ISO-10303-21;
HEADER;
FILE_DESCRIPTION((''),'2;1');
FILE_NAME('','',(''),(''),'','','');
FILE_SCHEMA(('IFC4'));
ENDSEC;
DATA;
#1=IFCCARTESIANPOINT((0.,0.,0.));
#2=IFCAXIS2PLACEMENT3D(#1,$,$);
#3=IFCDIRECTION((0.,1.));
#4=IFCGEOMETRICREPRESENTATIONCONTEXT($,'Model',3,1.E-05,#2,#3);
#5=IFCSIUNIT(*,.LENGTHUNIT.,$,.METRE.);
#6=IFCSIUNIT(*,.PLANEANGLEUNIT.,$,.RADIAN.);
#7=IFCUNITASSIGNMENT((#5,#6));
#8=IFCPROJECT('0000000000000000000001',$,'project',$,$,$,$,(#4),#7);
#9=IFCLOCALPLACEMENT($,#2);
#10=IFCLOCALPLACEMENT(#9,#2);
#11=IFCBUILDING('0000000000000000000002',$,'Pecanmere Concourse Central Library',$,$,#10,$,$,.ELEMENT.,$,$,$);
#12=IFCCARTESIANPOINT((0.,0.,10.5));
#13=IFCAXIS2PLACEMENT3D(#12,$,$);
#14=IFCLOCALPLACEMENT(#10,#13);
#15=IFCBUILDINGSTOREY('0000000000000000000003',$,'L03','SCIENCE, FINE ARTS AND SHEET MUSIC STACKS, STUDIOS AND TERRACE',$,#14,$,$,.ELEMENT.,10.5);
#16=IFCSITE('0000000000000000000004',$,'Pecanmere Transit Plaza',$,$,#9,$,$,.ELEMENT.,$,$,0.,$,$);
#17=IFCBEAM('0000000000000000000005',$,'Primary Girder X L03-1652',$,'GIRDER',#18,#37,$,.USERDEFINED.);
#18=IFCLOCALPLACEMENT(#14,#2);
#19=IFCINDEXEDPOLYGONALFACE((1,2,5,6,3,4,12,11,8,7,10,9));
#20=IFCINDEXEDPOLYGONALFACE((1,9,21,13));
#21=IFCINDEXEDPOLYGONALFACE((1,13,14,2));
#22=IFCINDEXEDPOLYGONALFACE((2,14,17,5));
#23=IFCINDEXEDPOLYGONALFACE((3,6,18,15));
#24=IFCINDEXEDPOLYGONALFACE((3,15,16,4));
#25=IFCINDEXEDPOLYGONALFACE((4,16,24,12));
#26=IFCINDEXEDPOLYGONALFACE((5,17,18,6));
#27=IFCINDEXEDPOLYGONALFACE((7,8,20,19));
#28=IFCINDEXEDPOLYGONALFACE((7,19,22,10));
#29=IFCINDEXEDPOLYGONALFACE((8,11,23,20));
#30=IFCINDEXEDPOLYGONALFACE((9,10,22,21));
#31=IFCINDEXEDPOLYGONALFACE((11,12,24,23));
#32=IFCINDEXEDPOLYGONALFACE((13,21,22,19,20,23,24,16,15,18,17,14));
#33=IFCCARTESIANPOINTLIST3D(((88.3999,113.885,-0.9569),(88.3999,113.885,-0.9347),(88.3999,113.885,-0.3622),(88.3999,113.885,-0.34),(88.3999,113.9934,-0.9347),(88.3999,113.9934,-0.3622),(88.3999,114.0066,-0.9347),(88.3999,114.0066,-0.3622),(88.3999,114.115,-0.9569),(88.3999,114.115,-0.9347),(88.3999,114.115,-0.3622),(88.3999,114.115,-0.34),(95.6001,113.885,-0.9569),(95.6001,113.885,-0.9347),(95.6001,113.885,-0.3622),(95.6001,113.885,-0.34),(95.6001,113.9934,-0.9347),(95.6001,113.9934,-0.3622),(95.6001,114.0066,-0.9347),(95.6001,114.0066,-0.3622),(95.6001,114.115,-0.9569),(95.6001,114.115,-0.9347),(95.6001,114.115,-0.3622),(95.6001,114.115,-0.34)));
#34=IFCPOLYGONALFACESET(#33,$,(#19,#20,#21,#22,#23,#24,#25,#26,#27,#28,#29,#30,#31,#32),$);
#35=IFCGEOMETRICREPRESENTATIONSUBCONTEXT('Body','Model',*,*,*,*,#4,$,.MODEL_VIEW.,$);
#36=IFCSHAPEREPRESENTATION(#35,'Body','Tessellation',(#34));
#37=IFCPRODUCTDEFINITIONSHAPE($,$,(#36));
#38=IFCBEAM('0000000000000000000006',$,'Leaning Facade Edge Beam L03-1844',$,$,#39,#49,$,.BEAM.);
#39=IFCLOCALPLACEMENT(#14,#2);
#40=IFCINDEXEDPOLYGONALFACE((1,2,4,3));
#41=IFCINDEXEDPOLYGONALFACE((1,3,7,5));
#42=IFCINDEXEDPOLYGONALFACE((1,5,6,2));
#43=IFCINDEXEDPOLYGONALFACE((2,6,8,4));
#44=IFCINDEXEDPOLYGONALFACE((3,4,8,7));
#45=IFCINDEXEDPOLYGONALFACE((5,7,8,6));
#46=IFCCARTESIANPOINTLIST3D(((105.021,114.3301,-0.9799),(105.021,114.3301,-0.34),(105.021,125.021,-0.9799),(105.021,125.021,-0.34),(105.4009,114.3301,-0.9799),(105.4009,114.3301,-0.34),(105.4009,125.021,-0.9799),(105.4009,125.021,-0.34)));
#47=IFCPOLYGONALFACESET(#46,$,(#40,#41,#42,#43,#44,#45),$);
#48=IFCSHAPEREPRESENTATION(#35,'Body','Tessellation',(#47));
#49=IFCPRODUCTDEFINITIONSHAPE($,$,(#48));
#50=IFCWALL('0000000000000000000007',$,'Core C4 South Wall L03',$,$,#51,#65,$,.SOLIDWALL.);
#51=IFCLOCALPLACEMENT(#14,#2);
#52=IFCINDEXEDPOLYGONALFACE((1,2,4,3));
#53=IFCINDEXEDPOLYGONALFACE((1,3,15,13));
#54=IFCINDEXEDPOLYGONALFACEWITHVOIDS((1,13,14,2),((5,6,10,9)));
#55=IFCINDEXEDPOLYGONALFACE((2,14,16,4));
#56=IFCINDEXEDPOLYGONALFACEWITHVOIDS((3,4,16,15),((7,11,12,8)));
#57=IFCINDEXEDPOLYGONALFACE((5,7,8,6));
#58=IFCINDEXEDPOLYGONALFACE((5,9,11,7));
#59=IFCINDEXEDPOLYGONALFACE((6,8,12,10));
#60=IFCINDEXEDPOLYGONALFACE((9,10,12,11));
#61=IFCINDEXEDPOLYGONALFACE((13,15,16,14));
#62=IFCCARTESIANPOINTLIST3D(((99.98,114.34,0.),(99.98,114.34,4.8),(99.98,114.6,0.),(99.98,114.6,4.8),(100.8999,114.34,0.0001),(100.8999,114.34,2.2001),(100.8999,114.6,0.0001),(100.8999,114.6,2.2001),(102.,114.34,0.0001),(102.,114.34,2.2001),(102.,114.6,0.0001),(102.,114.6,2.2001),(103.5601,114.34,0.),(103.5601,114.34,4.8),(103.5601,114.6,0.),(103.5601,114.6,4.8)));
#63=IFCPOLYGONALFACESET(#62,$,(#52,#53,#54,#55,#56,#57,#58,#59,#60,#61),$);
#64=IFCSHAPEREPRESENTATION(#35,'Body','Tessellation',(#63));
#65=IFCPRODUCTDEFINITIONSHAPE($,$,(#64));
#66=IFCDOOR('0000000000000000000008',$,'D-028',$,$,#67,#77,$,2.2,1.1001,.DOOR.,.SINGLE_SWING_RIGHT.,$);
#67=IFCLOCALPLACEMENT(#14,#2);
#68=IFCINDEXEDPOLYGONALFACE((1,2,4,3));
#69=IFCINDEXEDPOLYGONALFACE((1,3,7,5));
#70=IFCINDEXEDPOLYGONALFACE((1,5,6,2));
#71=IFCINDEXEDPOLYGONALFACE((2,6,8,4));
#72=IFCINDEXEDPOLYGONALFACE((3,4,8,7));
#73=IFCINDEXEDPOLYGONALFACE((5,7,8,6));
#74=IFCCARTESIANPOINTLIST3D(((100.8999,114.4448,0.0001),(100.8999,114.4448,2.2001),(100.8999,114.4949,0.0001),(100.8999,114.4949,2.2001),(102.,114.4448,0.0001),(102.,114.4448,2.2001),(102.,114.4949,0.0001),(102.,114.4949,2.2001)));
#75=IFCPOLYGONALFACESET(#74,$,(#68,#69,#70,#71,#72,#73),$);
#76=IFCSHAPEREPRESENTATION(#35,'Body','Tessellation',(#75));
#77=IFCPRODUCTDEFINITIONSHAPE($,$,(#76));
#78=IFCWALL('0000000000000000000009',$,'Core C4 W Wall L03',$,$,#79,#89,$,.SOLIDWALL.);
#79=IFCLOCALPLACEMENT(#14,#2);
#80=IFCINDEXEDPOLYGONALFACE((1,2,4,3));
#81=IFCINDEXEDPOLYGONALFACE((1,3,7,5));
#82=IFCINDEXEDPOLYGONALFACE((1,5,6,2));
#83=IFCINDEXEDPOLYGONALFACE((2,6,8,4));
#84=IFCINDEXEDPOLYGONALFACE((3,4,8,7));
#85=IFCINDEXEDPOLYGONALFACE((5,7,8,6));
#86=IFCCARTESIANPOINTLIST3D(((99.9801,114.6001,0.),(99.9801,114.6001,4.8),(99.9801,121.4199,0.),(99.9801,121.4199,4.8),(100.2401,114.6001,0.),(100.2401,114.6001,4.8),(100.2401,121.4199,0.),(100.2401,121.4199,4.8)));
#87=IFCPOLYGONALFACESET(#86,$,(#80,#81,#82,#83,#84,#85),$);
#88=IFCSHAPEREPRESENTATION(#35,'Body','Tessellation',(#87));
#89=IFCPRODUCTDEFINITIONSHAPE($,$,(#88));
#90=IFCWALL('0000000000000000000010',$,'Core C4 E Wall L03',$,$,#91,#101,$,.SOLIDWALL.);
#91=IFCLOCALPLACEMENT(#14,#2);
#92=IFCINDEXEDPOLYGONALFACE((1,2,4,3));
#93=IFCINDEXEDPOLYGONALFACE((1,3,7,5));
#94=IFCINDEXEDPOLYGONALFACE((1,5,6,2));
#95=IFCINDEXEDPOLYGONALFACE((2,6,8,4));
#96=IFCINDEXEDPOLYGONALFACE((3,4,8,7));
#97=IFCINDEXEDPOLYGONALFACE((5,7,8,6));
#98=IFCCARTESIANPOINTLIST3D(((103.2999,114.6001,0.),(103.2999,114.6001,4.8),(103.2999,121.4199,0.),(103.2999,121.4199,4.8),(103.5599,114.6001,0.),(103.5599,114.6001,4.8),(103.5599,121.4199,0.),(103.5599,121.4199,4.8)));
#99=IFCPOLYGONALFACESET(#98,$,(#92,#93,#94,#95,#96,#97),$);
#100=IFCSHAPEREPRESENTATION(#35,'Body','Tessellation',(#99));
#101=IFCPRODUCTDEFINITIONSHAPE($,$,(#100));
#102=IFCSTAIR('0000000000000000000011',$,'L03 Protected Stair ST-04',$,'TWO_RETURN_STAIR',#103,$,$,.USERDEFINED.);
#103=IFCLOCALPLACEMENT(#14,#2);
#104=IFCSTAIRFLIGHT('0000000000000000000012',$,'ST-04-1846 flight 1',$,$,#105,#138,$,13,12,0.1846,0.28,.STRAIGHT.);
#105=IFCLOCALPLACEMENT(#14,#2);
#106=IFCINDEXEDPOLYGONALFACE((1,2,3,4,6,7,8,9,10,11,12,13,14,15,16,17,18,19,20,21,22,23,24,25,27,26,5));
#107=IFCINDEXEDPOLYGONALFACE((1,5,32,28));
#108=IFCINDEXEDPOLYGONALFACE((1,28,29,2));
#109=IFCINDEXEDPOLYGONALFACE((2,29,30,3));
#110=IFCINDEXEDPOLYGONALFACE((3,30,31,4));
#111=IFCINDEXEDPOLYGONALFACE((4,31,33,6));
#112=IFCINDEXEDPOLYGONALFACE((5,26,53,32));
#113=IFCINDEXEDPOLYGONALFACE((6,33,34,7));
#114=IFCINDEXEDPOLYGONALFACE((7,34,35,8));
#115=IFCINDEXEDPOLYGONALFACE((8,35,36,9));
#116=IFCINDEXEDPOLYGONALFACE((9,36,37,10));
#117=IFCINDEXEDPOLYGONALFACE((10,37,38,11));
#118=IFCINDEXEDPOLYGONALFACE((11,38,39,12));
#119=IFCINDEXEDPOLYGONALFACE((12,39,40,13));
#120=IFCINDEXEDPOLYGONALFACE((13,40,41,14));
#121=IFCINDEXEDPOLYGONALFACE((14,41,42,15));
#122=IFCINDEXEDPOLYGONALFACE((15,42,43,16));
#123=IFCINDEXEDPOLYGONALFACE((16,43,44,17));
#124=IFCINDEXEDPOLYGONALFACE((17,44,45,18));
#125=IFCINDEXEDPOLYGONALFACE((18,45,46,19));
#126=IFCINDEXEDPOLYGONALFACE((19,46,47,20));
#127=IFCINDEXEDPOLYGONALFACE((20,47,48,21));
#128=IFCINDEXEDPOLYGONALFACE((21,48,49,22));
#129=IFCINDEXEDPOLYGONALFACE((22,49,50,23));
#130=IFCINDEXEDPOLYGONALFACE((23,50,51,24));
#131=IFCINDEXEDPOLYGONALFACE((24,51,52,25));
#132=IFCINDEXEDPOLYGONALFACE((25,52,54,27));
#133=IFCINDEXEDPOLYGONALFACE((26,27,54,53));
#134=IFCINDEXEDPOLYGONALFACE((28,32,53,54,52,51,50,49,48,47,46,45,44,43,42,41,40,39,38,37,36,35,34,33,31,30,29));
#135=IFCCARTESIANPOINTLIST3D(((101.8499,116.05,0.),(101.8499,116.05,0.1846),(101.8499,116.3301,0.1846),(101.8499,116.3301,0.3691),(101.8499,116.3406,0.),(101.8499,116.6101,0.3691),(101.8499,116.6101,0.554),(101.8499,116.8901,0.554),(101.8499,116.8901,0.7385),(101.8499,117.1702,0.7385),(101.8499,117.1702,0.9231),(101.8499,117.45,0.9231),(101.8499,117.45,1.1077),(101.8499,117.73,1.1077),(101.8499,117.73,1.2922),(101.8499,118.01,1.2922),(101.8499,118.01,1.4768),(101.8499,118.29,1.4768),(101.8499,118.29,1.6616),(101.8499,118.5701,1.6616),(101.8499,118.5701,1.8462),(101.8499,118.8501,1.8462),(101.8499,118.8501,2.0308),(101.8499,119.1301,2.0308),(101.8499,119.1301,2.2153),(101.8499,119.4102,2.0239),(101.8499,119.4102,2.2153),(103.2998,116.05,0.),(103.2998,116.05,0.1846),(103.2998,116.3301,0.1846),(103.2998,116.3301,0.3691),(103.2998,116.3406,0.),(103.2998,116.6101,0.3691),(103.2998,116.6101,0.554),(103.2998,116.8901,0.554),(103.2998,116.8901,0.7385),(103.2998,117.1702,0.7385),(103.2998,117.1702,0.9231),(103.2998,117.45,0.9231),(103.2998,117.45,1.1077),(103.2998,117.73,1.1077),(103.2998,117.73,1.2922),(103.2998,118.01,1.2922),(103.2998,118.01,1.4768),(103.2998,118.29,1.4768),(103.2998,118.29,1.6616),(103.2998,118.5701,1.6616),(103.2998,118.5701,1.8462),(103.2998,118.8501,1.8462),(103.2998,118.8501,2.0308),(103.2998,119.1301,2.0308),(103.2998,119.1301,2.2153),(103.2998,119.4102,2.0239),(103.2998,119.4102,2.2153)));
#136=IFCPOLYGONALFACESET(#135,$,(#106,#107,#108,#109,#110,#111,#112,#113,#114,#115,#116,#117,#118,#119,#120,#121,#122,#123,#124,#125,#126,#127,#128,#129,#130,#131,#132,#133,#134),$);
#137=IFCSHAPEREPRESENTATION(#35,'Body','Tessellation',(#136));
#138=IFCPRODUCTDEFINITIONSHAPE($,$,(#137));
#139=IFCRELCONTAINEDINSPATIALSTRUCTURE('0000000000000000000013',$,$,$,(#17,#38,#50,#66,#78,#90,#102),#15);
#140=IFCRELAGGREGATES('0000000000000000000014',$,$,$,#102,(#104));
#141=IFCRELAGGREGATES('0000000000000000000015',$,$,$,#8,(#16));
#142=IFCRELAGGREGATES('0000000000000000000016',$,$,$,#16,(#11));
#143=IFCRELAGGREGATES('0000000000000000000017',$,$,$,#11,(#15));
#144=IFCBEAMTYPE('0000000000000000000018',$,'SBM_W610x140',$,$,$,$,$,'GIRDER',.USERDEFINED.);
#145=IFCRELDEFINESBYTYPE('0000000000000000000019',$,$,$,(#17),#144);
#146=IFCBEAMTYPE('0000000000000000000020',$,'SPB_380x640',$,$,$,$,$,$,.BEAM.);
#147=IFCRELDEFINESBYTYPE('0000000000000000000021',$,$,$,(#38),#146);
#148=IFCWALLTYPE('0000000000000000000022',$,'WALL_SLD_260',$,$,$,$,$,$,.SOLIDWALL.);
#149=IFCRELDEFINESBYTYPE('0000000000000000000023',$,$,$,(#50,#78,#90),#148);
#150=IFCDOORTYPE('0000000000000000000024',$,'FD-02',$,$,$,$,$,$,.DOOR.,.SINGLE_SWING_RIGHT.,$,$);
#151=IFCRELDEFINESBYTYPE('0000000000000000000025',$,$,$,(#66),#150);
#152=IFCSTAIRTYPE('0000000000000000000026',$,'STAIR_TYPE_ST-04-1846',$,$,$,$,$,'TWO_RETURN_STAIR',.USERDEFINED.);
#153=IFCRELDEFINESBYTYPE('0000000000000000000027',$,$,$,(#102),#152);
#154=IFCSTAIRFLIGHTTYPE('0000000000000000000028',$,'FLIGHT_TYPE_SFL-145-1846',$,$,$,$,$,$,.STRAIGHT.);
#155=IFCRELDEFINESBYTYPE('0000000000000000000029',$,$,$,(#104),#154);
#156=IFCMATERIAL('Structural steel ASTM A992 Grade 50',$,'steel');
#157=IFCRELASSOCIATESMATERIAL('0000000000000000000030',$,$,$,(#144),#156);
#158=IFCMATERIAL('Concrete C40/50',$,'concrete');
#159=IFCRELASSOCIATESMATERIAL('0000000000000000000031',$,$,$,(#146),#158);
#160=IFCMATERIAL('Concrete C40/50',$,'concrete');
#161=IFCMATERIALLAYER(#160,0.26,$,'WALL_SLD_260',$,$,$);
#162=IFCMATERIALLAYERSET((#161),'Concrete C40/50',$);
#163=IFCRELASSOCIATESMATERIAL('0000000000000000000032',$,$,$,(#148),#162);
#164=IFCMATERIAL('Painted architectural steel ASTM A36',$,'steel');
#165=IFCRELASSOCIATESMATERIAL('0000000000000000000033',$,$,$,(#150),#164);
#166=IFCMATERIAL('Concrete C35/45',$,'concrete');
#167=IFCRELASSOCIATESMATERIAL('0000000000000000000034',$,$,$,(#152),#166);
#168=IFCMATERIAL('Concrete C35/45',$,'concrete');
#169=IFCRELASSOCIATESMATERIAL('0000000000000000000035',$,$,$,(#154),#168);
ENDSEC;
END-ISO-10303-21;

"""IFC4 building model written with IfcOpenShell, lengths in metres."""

from ifc_helpers import new_model, si_unit, direction, frame, frame_2d, origin, origin_2d, place, context, subcontext, project, spatial, polyline, rectangle, i_section, outline, extrude, material, layer, layer_set, material_profile, profile_set, type_object, element, fill, aggregate, save


model = new_model("IFC4")

# Units and contexts
model_context = context("Model", 3, precision=1e-05, world=origin(), true_north=direction((0.0, 1.0)))
body_context = subcontext(model_context, "Body", "Model", "MODEL_VIEW")
ifc_project = project(units=[si_unit("LENGTHUNIT", "METRE"), si_unit("PLANEANGLEUNIT", "RADIAN")], contexts=[model_context])

# Site, building, storey
site_placement = place(None, origin())
site = spatial("IfcSite", under=ifc_project, at=site_placement, Name="Pecanmere Transit Plaza", CompositionType="ELEMENT", RefElevation=0.0)
building_placement = place(site_placement, origin())
building = spatial("IfcBuilding", under=site, at=building_placement, Name="Pecanmere Concourse Central Library", CompositionType="ELEMENT")
storey_placement = place(building_placement, frame((0.0, 0.0, 10.5)))
storey = spatial("IfcBuildingStorey", under=building, at=storey_placement, Name="L03", Description="SCIENCE, FINE ARTS AND SHEET MUSIC STACKS, STUDIOS AND TERRACE", CompositionType="ELEMENT", Elevation=10.5)

# Beams
ifc_material_1 = material(Name="Structural steel ASTM A992 Grade 50", Category="steel")
ifc_material_profile_1 = material_profile(ifc_material_1, i_section(OverallWidth=0.23, OverallDepth=0.6169, WebThickness=0.0132, FlangeThickness=0.0222, at=origin_2d()), Name="W610x140")
ifc_profile_set_1 = profile_set([ifc_material_profile_1], Name="Structural steel ASTM A992 Grade 50")
beam_type_1 = type_object("IfcBeamType", Name="SBM_W610x140", ElementType="GIRDER", PredefinedType="USERDEFINED", material=ifc_profile_set_1)
beam_1_placement = place(storey_placement, frame((88.3999, 114.0, -0.6484), z_axis=(1.0, 0.0, 0.0), x_axis=(0.0, 1.0, 0.0)))
element("IfcBeam", 1, at=beam_1_placement, inside=storey, type_object=beam_type_1, Name="Primary Girder X L03-1652", ObjectType="GIRDER", PredefinedType="USERDEFINED", context=body_context, shape_type="SweptSolid", body=[
    extrude(i_section(OverallWidth=0.23, OverallDepth=0.6169, WebThickness=0.0132, FlangeThickness=0.0222, at=origin_2d()), origin(), (0.0, 0.0, 1.0), 7.2002),
])
ifc_material_2 = material(Name="Concrete C40/50", Category="concrete")
ifc_material_profile_2 = material_profile(ifc_material_2, rectangle(XDim=0.3799, YDim=0.6399, at=origin_2d()), Name="RC 380x640")
ifc_profile_set_2 = profile_set([ifc_material_profile_2], Name="Concrete C40/50")
beam_type_2 = type_object("IfcBeamType", Name="SPB_380x640", PredefinedType="BEAM", material=ifc_profile_set_2)
beam_2_placement = place(storey_placement, frame((105.2109, 114.3301, -0.6599), z_axis=(0.0, 1.0, 0.0), x_axis=(-1.0, 0.0, 0.0)))
element("IfcBeam", 2, at=beam_2_placement, inside=storey, type_object=beam_type_2, Name="Leaning Facade Edge Beam L03-1844", PredefinedType="BEAM", context=body_context, shape_type="SweptSolid", body=[
    extrude(rectangle(XDim=0.3799, YDim=0.6399, at=origin_2d()), origin(), (0.0, 0.0, 1.0), 10.6909),
])

# Wall, opening, door
ifc_material_3 = material(Name="Concrete C40/50", Category="concrete")
ifc_layer = layer(ifc_material_3, 0.26, Name="WALL_SLD_260")
ifc_layer_set = layer_set([ifc_layer], Name="Concrete C40/50")
wall_type = type_object("IfcWallType", Name="WALL_SLD_260", PredefinedType="SOLIDWALL", material=ifc_layer_set)
wall_placement = place(storey_placement, frame((99.98, 114.47, 0.0), z_axis=(0.0, 0.0, 1.0), x_axis=(1.0, 0.0, 0.0)))
wall = element("IfcWall", 3, at=wall_placement, inside=storey, type_object=wall_type, Name="Core C4 South Wall L03", PredefinedType="SOLIDWALL", context=body_context, shape_type="SweptSolid", body=[
    extrude(rectangle(XDim=3.5801, YDim=0.26, at=frame_2d((1.79, 0.0))), origin(), (0.0, 0.0, 1.0), 4.8),
])
opening_placement = place(wall_placement, frame((0.9199, 0.0, 0.0)))
opening = element("IfcOpeningElement", 4, at=opening_placement, cuts=wall, PredefinedType="OPENING", context=body_context, shape_type="SweptSolid", body=[
    extrude(rectangle(XDim=1.1001, YDim=2.2, at=frame_2d((0.55, 1.1001))), frame((0.0, 0.1421, 0.0), z_axis=(0.0, -1.0, 0.0), x_axis=(1.0, 0.0, 0.0)), (0.0, 0.0, 1.0), 0.2839),
])
ifc_material_4 = material(Name="Painted architectural steel ASTM A36", Category="steel")
door_type = type_object("IfcDoorType", Name="FD-02", OperationType="SINGLE_SWING_RIGHT", PredefinedType="DOOR", material=ifc_material_4)
door_placement = place(opening_placement, origin())
door = element("IfcDoor", 5, at=door_placement, inside=storey, type_object=door_type, Name="D-028", OperationType="SINGLE_SWING_RIGHT", OverallHeight=2.2, OverallWidth=1.1001, PredefinedType="DOOR", context=body_context, shape_type="SweptSolid", body=[
    extrude(rectangle(XDim=1.1001, YDim=2.2, at=frame_2d((0.55, 1.1001))), frame((0.0, 0.0249, 0.0), z_axis=(0.0, -1.0, 0.0), x_axis=(1.0, 0.0, 0.0)), (0.0, 0.0, 1.0), 0.05),
])
fill(opening, door)

# Walls
for number, where, z_axis, x_axis, name in (
    (6, (100.1101, 114.6001, 0.0), (0.0, 0.0, 1.0), (0.0, 1.0, 0.0), "Core C4 W Wall L03"),
    (7, (103.4299, 114.6001, 0.0), (0.0, 0.0, 1.0), (0.0, 1.0, 0.0), "Core C4 E Wall L03"),
):
    element("IfcWall", number, at=place(storey_placement, frame(where, z_axis=z_axis, x_axis=x_axis)), inside=storey, type_object=wall_type, Name=name, PredefinedType="SOLIDWALL", context=body_context, shape_type="SweptSolid", body=[
        extrude(rectangle(XDim=6.8198, YDim=0.26, at=frame_2d((3.4099, 0.0))), origin(), (0.0, 0.0, 1.0), 4.8),
    ])

# Stair, stair flight
ifc_material_5 = material(Name="Concrete C35/45", Category="concrete")
stair_type = type_object("IfcStairType", Name="STAIR_TYPE_ST-04-1846", ElementType="TWO_RETURN_STAIR", PredefinedType="USERDEFINED", material=ifc_material_5)
stair_placement = place(storey_placement, origin())
stair = element("IfcStair", 8, at=stair_placement, inside=storey, type_object=stair_type, Name="L03 Protected Stair ST-04", ObjectType="TWO_RETURN_STAIR", PredefinedType="USERDEFINED")
ifc_material_6 = material(Name="Concrete C35/45", Category="concrete")
stair_flight_type = type_object("IfcStairFlightType", Name="FLIGHT_TYPE_SFL-145-1846", PredefinedType="STRAIGHT", material=ifc_material_6)
stair_flight_placement = place(storey_placement, frame((102.575, 116.05, 0.0), z_axis=(0.0, 0.0, 1.0), x_axis=(0.0, 1.0, 0.0)))
stair_flight = element("IfcStairFlight", 9, at=stair_flight_placement, type_object=stair_flight_type, Name="ST-04-1846 flight 1", NumberOfRisers=13, NumberOfTreads=12, PredefinedType="STRAIGHT", RiserHeight=0.1846, TreadLength=0.28, context=body_context, shape_type="SweptSolid", body=[
    extrude(outline(polyline([(0.0, 0.0), (0.0, 0.1846), (0.28, 0.1846), (0.28, 0.3691), (0.5601, 0.3691), (0.5601, 0.554), (0.8401, 0.554), (0.8401, 0.7385), (1.1201, 0.7385), (1.1201, 0.9231), (1.3999, 0.9231), (1.3999, 1.1077), (1.6799, 1.1077), (1.6799, 1.2922), (1.96, 1.2922), (1.96, 1.4768), (2.24, 1.4768), (2.24, 1.6616), (2.52, 1.6616), (2.52, 1.8462), (2.8, 1.8462), (2.8, 2.0308), (3.0801, 2.0308), (3.0801, 2.2153), (3.3601, 2.2153), (3.3601, 2.3999), (3.3601, 2.0239), (0.2905, 0.0), (0.0, 0.0)])), frame((0.0, 0.7251, 0.0), z_axis=(0.0, -1.0, 0.0), x_axis=(1.0, 0.0, 0.0)), (0.0, 0.0, 1.0), 1.45),
])
aggregate(stair, [stair_flight])

save(model, "model.ifc")
